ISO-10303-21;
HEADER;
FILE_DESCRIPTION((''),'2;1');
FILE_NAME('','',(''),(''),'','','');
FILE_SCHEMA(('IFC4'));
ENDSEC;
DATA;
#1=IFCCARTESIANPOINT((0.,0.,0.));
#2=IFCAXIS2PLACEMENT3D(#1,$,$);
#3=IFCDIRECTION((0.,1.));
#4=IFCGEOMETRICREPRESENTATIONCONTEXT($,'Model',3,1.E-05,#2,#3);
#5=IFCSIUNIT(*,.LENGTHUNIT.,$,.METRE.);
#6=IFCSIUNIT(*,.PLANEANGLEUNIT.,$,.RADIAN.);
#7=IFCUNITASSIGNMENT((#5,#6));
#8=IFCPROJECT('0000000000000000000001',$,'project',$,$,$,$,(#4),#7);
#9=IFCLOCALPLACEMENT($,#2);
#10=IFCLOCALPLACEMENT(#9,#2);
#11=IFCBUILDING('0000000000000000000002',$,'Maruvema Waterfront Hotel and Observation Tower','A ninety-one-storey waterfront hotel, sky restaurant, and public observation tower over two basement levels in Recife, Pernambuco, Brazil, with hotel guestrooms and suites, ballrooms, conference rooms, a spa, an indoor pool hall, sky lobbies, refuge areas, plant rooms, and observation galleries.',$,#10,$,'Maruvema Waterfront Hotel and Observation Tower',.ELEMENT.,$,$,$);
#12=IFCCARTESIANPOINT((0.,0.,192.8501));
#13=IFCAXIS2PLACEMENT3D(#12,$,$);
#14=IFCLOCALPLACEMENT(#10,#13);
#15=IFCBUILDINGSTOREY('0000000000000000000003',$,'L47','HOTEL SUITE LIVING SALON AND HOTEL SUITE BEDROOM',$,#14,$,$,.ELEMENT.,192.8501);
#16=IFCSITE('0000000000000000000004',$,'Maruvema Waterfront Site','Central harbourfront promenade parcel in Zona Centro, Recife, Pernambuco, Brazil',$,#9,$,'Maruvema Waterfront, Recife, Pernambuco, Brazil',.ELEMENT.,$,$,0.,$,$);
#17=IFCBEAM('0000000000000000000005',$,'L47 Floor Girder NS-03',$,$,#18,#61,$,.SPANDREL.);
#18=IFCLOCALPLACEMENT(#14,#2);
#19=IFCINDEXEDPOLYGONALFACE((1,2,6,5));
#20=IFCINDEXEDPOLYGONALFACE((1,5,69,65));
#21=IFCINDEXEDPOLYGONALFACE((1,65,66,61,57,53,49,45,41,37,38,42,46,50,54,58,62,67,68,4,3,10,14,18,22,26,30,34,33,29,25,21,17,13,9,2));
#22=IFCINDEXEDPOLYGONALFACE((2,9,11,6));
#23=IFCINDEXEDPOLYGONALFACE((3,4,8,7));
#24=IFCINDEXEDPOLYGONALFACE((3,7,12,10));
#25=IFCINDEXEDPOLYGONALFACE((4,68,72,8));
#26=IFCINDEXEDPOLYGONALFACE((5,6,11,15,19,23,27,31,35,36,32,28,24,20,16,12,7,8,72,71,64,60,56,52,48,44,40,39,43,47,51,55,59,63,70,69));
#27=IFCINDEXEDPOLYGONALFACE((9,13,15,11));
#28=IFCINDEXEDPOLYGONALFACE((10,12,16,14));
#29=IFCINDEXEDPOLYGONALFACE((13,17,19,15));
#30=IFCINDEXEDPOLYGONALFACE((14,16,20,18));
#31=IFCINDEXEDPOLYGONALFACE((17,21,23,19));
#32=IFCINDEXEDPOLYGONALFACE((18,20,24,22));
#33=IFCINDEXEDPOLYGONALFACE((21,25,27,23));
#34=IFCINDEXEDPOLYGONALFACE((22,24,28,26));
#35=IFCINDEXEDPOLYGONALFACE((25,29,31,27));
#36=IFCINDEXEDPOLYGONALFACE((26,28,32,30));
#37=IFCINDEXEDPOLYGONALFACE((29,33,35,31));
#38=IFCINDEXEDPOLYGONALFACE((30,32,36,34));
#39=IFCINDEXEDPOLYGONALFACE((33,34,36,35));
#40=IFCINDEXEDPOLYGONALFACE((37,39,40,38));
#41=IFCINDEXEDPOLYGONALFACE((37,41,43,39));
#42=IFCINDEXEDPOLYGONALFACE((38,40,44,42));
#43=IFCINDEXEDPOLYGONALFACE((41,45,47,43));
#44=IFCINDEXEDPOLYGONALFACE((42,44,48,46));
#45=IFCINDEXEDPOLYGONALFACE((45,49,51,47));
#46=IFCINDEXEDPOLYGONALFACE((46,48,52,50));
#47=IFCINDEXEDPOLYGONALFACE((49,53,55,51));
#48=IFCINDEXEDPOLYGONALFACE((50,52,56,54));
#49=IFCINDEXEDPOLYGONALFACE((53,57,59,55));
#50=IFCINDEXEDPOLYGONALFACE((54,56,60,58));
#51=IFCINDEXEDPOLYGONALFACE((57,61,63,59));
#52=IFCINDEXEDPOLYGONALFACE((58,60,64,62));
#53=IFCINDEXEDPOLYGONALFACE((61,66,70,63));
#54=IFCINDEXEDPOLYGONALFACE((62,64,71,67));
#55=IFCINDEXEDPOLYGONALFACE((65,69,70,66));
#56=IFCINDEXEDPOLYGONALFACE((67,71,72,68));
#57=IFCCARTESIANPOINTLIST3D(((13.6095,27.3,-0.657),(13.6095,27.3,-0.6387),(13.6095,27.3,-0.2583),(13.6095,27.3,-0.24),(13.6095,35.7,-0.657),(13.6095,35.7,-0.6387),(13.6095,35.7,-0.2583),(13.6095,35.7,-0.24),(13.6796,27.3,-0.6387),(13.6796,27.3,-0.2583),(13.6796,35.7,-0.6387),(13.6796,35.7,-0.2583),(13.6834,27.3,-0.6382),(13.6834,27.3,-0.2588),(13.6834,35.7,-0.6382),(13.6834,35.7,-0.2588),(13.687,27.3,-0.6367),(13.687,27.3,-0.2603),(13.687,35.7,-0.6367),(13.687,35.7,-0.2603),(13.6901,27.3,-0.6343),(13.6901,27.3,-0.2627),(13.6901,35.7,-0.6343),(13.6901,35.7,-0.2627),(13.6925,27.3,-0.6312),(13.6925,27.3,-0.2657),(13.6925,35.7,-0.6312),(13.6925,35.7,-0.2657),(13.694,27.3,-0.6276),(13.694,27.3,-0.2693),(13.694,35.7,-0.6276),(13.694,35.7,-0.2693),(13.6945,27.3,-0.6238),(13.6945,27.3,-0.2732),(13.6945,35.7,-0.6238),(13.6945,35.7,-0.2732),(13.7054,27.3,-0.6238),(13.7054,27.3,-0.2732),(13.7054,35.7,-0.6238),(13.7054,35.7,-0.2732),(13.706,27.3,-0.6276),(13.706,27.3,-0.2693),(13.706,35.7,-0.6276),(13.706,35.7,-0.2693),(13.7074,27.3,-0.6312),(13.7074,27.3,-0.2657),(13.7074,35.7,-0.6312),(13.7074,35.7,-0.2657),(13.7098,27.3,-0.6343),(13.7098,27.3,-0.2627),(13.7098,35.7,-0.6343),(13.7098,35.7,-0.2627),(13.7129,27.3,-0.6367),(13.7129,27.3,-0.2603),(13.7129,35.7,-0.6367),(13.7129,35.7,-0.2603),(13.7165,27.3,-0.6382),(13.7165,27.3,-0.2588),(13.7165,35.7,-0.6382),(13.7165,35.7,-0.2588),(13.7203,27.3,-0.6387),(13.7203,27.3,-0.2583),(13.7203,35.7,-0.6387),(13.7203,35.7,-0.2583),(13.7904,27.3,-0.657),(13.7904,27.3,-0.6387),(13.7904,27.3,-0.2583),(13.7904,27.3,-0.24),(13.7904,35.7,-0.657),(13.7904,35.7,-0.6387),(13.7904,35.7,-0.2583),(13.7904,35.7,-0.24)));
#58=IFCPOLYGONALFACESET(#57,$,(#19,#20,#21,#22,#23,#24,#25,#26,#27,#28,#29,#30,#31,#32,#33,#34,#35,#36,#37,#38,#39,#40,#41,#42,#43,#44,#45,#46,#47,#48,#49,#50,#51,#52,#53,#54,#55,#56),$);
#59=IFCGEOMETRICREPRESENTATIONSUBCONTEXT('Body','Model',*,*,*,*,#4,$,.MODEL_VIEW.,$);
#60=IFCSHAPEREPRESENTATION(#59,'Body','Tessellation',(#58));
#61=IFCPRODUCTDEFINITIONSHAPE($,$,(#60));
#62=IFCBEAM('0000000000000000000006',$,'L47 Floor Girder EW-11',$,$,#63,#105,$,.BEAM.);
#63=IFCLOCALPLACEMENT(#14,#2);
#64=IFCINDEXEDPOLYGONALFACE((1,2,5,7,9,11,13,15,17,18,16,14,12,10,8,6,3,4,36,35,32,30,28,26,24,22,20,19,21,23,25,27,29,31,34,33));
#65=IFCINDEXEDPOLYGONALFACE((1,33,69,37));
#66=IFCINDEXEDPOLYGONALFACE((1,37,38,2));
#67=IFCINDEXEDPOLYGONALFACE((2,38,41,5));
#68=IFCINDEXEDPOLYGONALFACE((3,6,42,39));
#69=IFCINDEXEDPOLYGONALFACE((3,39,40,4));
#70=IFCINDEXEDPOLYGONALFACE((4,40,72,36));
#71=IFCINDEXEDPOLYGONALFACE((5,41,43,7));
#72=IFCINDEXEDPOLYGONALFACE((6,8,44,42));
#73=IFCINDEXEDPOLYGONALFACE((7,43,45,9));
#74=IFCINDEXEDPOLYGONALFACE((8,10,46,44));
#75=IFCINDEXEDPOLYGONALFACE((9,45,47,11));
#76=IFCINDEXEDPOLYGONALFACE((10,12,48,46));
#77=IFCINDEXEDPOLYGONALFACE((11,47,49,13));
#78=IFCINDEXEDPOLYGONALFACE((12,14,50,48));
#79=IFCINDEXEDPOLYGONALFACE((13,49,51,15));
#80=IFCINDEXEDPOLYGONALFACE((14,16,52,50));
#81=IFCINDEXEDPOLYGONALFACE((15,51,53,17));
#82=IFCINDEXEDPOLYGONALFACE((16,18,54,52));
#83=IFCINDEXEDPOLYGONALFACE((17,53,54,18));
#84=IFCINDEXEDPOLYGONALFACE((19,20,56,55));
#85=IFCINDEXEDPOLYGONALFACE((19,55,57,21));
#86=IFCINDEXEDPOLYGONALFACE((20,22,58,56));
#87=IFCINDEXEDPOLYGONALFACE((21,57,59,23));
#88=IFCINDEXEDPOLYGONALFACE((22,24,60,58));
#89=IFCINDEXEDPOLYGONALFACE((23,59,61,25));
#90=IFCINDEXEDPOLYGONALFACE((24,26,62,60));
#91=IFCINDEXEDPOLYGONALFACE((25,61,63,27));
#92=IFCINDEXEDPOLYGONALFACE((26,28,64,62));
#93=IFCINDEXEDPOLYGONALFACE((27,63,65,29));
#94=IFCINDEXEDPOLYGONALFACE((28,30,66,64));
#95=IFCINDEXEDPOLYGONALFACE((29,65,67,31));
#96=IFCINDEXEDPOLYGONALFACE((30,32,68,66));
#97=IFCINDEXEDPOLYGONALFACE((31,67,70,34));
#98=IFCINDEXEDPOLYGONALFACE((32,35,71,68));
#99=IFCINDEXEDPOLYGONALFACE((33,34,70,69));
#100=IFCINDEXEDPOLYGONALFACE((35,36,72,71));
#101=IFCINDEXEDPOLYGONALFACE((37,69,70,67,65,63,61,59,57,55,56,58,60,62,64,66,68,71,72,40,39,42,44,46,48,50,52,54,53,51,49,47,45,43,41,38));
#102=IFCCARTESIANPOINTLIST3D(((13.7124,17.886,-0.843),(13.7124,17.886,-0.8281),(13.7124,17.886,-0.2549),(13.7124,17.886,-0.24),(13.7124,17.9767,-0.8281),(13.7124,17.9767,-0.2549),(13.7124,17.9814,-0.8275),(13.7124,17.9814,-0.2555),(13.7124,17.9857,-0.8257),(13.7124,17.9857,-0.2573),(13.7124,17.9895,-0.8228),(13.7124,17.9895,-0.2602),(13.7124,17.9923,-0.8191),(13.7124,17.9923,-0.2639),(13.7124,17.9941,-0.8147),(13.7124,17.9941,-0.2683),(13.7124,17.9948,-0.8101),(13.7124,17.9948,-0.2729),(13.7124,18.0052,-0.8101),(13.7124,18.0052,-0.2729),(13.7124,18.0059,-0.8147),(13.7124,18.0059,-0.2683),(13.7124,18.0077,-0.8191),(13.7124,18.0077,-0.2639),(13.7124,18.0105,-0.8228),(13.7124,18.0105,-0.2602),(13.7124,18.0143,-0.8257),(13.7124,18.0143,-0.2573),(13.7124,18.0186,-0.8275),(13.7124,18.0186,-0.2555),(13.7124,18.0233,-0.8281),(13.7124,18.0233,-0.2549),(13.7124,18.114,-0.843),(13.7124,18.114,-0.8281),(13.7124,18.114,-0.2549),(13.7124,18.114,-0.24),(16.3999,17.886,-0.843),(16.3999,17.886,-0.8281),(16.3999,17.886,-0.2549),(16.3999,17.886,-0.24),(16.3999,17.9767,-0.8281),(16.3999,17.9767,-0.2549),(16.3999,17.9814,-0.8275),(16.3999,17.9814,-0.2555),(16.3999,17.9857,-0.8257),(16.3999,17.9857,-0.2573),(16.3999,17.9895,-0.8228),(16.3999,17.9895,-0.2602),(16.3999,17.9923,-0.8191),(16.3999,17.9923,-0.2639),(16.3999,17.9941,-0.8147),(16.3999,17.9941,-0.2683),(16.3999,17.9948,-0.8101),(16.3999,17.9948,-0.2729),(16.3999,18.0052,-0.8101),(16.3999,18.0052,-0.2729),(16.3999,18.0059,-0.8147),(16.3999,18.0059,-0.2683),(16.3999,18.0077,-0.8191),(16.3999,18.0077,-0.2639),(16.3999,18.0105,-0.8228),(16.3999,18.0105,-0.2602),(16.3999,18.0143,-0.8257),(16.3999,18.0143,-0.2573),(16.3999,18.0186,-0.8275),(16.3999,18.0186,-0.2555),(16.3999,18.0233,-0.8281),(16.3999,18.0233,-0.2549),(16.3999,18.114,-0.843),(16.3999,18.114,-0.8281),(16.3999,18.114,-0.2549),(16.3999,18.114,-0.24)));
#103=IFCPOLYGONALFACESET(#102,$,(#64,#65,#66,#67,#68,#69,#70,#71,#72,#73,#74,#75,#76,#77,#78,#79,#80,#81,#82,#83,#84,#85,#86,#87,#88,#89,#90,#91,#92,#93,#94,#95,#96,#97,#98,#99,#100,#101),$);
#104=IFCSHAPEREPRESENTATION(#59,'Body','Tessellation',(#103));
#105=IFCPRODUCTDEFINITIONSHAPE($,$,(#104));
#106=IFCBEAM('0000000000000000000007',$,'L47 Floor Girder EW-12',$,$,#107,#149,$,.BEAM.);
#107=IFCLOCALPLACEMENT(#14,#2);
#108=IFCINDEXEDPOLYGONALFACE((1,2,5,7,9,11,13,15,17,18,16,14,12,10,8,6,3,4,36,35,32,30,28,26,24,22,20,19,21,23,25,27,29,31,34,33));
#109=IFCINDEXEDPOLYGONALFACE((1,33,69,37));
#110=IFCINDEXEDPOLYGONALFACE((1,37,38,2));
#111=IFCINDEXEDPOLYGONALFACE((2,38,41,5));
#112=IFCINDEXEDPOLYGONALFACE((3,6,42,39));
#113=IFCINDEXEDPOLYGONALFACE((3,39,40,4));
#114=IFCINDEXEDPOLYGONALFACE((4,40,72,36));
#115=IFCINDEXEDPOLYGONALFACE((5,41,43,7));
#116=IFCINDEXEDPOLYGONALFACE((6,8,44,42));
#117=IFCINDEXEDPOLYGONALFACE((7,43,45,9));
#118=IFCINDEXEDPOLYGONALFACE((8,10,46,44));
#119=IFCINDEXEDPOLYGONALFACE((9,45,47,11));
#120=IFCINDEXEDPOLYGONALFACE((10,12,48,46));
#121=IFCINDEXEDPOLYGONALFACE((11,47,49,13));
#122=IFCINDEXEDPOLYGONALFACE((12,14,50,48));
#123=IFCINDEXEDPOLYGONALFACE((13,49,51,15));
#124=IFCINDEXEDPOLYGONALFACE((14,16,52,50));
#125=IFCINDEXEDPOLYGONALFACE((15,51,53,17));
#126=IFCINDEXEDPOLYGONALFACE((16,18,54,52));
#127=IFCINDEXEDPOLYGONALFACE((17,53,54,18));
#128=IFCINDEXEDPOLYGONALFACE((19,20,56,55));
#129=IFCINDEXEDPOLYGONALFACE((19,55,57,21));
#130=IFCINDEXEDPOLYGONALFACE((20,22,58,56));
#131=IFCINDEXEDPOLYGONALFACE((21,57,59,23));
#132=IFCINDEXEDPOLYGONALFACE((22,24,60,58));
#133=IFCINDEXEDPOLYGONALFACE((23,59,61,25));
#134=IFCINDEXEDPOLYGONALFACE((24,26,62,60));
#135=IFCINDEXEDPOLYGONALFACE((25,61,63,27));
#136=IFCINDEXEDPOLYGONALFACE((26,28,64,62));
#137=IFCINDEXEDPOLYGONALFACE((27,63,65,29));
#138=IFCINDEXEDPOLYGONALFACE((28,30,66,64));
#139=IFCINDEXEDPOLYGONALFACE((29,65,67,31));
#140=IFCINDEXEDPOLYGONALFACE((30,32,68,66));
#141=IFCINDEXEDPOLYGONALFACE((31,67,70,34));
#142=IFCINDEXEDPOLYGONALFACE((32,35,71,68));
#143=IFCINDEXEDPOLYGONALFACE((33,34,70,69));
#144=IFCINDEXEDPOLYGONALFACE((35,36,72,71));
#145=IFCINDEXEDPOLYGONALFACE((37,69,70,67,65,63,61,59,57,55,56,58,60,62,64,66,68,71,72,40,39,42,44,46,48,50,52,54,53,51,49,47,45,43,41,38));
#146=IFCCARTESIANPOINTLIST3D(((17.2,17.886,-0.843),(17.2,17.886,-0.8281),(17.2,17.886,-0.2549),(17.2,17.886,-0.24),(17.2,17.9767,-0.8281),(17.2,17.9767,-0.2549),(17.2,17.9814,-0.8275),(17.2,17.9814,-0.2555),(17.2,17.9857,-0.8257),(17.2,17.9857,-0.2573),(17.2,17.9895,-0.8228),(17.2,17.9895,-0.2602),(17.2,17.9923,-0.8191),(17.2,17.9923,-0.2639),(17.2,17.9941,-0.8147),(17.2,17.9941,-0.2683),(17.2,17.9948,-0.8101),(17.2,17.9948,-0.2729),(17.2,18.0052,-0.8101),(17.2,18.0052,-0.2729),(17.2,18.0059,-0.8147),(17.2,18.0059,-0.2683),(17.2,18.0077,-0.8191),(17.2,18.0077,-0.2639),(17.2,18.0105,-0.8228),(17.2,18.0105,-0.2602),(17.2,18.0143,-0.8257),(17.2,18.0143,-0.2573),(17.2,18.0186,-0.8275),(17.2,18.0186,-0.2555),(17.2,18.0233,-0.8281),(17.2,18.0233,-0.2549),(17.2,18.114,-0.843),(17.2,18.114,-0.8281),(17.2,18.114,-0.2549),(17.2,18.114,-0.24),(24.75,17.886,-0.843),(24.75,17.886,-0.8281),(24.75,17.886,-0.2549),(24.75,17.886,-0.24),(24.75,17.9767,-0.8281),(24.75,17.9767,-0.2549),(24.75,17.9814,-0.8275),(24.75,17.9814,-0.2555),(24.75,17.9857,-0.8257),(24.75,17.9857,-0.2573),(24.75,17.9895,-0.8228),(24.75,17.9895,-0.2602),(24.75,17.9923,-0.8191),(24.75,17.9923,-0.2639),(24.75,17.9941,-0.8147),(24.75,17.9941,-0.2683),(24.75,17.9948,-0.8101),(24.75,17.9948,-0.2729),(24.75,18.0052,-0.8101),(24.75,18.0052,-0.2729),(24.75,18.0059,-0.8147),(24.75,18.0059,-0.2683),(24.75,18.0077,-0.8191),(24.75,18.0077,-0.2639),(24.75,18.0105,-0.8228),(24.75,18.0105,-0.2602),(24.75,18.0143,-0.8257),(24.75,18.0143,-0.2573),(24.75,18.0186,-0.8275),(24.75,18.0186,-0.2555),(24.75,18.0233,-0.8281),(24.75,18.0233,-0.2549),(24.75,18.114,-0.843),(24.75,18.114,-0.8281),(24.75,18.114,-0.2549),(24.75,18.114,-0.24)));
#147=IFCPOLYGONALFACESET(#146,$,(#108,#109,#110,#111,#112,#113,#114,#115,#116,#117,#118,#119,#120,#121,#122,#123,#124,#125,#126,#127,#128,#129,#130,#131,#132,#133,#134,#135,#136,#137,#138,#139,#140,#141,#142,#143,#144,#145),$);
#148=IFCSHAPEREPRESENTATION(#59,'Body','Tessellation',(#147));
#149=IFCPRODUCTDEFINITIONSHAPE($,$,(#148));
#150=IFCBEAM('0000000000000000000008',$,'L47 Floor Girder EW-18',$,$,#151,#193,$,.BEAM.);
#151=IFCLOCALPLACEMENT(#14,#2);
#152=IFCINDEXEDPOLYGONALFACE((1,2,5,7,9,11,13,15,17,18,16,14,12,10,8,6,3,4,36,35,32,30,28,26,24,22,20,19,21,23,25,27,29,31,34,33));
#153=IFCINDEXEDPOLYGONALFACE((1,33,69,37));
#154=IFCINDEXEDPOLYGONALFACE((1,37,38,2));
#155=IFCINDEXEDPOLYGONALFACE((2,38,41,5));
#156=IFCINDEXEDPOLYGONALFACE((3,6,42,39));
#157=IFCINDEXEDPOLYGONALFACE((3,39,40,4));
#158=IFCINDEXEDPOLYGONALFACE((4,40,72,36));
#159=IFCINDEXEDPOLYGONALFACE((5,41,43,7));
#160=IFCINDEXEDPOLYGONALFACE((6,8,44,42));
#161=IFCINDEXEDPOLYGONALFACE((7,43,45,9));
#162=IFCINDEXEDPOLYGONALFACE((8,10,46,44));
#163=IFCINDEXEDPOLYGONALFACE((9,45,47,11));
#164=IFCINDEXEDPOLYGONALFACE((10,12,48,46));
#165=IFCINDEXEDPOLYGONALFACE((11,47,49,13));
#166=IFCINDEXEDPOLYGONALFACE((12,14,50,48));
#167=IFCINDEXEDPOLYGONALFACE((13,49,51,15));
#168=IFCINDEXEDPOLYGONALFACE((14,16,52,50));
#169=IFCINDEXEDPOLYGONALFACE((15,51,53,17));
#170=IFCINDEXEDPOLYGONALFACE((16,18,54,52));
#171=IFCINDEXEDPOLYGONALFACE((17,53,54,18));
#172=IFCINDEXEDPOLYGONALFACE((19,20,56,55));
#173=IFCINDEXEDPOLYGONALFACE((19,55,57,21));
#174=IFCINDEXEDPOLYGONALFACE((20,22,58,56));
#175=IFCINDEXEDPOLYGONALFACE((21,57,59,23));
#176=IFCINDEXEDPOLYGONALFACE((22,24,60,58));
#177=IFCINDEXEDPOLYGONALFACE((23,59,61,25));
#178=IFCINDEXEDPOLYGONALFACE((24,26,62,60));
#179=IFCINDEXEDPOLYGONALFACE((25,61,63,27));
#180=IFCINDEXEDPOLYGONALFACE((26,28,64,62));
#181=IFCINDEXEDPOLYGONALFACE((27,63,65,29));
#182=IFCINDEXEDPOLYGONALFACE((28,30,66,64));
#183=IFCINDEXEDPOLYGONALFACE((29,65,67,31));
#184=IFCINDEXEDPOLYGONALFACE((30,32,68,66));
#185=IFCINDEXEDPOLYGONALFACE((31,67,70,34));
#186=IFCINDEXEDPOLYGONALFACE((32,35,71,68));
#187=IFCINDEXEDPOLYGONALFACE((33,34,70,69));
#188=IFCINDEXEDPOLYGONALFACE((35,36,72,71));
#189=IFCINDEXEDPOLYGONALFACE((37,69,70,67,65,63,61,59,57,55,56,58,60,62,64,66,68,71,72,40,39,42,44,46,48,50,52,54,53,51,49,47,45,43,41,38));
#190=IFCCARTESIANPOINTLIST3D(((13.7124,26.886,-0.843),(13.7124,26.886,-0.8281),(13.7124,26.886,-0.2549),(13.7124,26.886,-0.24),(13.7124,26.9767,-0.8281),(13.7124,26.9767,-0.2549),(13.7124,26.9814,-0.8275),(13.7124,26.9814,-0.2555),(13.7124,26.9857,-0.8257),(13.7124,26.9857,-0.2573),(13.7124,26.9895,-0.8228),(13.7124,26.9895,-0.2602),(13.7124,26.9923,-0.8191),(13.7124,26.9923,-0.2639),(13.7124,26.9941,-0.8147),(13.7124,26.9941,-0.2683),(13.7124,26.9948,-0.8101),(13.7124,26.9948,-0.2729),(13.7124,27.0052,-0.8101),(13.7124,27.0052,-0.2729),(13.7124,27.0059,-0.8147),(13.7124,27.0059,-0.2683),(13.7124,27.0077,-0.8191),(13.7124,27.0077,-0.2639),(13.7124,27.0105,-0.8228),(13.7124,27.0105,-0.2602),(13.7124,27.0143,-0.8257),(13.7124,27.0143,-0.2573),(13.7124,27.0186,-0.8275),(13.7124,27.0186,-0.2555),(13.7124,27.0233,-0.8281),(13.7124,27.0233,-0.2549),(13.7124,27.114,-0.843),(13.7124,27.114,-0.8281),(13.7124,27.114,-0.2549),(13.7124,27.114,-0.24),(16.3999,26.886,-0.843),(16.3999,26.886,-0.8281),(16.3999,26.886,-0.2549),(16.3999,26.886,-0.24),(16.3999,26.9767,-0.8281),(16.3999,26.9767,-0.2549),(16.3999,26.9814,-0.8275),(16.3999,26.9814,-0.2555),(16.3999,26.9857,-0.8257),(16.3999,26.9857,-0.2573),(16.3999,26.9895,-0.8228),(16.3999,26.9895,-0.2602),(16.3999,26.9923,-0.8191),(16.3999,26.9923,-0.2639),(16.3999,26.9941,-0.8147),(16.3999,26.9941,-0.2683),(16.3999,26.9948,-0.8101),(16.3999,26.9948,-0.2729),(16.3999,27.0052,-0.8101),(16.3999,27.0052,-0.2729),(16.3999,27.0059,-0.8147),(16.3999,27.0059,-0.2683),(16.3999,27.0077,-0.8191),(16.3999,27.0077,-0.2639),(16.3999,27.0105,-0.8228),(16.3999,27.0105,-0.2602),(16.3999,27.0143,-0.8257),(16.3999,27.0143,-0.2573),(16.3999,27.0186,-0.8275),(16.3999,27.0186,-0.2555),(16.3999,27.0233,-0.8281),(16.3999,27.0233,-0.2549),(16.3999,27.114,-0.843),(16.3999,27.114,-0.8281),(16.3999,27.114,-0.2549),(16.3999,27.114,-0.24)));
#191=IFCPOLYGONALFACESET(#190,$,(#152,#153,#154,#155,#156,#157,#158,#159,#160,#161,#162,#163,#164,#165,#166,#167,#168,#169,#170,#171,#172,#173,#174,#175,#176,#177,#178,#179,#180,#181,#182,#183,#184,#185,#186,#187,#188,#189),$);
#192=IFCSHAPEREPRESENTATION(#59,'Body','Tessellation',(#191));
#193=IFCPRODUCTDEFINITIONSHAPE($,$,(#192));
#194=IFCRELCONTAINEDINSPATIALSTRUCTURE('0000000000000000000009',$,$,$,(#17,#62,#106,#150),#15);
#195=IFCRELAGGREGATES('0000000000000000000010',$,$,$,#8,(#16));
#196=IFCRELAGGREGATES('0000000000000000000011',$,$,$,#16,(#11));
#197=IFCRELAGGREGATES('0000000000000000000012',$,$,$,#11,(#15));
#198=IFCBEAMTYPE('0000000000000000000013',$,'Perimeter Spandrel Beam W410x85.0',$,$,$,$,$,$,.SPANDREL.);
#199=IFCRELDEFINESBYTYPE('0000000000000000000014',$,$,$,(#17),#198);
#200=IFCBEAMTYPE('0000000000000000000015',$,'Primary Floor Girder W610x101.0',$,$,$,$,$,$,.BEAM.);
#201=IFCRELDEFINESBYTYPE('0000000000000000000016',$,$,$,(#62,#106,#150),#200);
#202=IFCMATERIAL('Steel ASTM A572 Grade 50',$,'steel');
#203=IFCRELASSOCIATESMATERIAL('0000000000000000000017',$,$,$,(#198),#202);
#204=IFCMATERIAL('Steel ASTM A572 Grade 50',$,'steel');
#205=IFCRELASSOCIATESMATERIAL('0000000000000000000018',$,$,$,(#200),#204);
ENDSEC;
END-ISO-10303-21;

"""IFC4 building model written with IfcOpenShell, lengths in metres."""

from ifc_helpers import new_model, si_unit, direction, frame, origin, origin_2d, place, context, subcontext, project, spatial, i_section, extrude, material, material_profile, profile_set, type_object, element, save


model = new_model("IFC4")

# Units and contexts
model_context = context("Model", 3, precision=1e-05, world=origin(), true_north=direction((0.0, 1.0)))
body_context = subcontext(model_context, "Body", "Model", "MODEL_VIEW")
ifc_project = project(units=[si_unit("LENGTHUNIT", "METRE"), si_unit("PLANEANGLEUNIT", "RADIAN")], contexts=[model_context])

# Site, building, storey
site_placement = place(None, origin())
site = spatial("IfcSite", under=ifc_project, at=site_placement, Name="Maruvema Waterfront Site", Description="Central harbourfront promenade parcel in Zona Centro, Recife, Pernambuco, Brazil", LongName="Maruvema Waterfront, Recife, Pernambuco, Brazil", CompositionType="ELEMENT", RefElevation=0.0)
building_placement = place(site_placement, origin())
building = spatial("IfcBuilding", under=site, at=building_placement, Name="Maruvema Waterfront Hotel and Observation Tower", Description="A ninety-one-storey waterfront hotel, sky restaurant, and public observation tower over two basement levels in Recife, Pernambuco, Brazil, with hotel guestrooms and suites, ballrooms, conference rooms, a spa, an indoor pool hall, sky lobbies, refuge areas, plant rooms, and observation galleries.", LongName="Maruvema Waterfront Hotel and Observation Tower", CompositionType="ELEMENT")
storey_placement = place(building_placement, frame((0.0, 0.0, 192.8501)))
storey = spatial("IfcBuildingStorey", under=building, at=storey_placement, Name="L47", Description="HOTEL SUITE LIVING SALON AND HOTEL SUITE BEDROOM", CompositionType="ELEMENT", Elevation=192.8501)

# Beams
ifc_material_1 = material(Name="Steel ASTM A572 Grade 50", Category="steel")
ifc_material_profile_1 = material_profile(ifc_material_1, i_section(OverallWidth=0.1809, OverallDepth=0.417, WebThickness=0.011, FlangeThickness=0.0183, FilletRadius=0.0149, at=origin_2d()), Name="W410x85.0")
ifc_profile_set_1 = profile_set([ifc_material_profile_1], Name="Steel ASTM A572 Grade 50")
beam_type_1 = type_object("IfcBeamType", Name="Perimeter Spandrel Beam W410x85.0", PredefinedType="SPANDREL", material=ifc_profile_set_1)
for number, where, z_axis, x_axis, name in (
    (1, (13.7, 27.3, -0.4485), (0.0, 1.0, 0.0), (-1.0, 0.0, 0.0), "L47 Floor Girder NS-03"),
):
    element("IfcBeam", number, at=place(storey_placement, frame(where, z_axis=z_axis, x_axis=x_axis)), inside=storey, type_object=beam_type_1, Name=name, PredefinedType="SPANDREL", context=body_context, shape_type="SweptSolid", body=[
        extrude(i_section(OverallWidth=0.1809, OverallDepth=0.417, WebThickness=0.011, FlangeThickness=0.0183, FilletRadius=0.0149, at=origin_2d()), origin(), (0.0, 0.0, 1.0), 8.3999),
    ])
ifc_material_2 = material(Name="Steel ASTM A572 Grade 50", Category="steel")
ifc_material_profile_2 = material_profile(ifc_material_2, i_section(OverallWidth=0.228, OverallDepth=0.603, WebThickness=0.0105, FlangeThickness=0.0149, FilletRadius=0.0181, at=origin_2d()), Name="W610x101.0")
ifc_profile_set_2 = profile_set([ifc_material_profile_2], Name="Steel ASTM A572 Grade 50")
beam_type_2 = type_object("IfcBeamType", Name="Primary Floor Girder W610x101.0", PredefinedType="BEAM", material=ifc_profile_set_2)
beam_1_placement = place(storey_placement, frame((13.7124, 18.0, -0.5415), z_axis=(1.0, 0.0, 0.0), x_axis=(0.0, 1.0, 0.0)))
element("IfcBeam", 2, at=beam_1_placement, inside=storey, type_object=beam_type_2, Name="L47 Floor Girder EW-11", PredefinedType="BEAM", context=body_context, shape_type="SweptSolid", body=[
    extrude(i_section(OverallWidth=0.228, OverallDepth=0.603, WebThickness=0.0105, FlangeThickness=0.0149, FilletRadius=0.0181, at=origin_2d()), origin(), (0.0, 0.0, 1.0), 2.6875),
])
beam_2_placement = place(storey_placement, frame((17.2, 18.0, -0.5415), z_axis=(1.0, 0.0, 0.0), x_axis=(0.0, 1.0, 0.0)))
element("IfcBeam", 3, at=beam_2_placement, inside=storey, type_object=beam_type_2, Name="L47 Floor Girder EW-12", PredefinedType="BEAM", context=body_context, shape_type="SweptSolid", body=[
    extrude(i_section(OverallWidth=0.228, OverallDepth=0.603, WebThickness=0.0105, FlangeThickness=0.0149, FilletRadius=0.0181, at=origin_2d()), origin(), (0.0, 0.0, 1.0), 7.55),
])
beam_3_placement = place(storey_placement, frame((13.7124, 27.0, -0.5415), z_axis=(1.0, 0.0, 0.0), x_axis=(0.0, 1.0, 0.0)))
element("IfcBeam", 4, at=beam_3_placement, inside=storey, type_object=beam_type_2, Name="L47 Floor Girder EW-18", PredefinedType="BEAM", context=body_context, shape_type="SweptSolid", body=[
    extrude(i_section(OverallWidth=0.228, OverallDepth=0.603, WebThickness=0.0105, FlangeThickness=0.0149, FilletRadius=0.0181, at=origin_2d()), origin(), (0.0, 0.0, 1.0), 2.6875),
])

save(model, "model.ifc")
